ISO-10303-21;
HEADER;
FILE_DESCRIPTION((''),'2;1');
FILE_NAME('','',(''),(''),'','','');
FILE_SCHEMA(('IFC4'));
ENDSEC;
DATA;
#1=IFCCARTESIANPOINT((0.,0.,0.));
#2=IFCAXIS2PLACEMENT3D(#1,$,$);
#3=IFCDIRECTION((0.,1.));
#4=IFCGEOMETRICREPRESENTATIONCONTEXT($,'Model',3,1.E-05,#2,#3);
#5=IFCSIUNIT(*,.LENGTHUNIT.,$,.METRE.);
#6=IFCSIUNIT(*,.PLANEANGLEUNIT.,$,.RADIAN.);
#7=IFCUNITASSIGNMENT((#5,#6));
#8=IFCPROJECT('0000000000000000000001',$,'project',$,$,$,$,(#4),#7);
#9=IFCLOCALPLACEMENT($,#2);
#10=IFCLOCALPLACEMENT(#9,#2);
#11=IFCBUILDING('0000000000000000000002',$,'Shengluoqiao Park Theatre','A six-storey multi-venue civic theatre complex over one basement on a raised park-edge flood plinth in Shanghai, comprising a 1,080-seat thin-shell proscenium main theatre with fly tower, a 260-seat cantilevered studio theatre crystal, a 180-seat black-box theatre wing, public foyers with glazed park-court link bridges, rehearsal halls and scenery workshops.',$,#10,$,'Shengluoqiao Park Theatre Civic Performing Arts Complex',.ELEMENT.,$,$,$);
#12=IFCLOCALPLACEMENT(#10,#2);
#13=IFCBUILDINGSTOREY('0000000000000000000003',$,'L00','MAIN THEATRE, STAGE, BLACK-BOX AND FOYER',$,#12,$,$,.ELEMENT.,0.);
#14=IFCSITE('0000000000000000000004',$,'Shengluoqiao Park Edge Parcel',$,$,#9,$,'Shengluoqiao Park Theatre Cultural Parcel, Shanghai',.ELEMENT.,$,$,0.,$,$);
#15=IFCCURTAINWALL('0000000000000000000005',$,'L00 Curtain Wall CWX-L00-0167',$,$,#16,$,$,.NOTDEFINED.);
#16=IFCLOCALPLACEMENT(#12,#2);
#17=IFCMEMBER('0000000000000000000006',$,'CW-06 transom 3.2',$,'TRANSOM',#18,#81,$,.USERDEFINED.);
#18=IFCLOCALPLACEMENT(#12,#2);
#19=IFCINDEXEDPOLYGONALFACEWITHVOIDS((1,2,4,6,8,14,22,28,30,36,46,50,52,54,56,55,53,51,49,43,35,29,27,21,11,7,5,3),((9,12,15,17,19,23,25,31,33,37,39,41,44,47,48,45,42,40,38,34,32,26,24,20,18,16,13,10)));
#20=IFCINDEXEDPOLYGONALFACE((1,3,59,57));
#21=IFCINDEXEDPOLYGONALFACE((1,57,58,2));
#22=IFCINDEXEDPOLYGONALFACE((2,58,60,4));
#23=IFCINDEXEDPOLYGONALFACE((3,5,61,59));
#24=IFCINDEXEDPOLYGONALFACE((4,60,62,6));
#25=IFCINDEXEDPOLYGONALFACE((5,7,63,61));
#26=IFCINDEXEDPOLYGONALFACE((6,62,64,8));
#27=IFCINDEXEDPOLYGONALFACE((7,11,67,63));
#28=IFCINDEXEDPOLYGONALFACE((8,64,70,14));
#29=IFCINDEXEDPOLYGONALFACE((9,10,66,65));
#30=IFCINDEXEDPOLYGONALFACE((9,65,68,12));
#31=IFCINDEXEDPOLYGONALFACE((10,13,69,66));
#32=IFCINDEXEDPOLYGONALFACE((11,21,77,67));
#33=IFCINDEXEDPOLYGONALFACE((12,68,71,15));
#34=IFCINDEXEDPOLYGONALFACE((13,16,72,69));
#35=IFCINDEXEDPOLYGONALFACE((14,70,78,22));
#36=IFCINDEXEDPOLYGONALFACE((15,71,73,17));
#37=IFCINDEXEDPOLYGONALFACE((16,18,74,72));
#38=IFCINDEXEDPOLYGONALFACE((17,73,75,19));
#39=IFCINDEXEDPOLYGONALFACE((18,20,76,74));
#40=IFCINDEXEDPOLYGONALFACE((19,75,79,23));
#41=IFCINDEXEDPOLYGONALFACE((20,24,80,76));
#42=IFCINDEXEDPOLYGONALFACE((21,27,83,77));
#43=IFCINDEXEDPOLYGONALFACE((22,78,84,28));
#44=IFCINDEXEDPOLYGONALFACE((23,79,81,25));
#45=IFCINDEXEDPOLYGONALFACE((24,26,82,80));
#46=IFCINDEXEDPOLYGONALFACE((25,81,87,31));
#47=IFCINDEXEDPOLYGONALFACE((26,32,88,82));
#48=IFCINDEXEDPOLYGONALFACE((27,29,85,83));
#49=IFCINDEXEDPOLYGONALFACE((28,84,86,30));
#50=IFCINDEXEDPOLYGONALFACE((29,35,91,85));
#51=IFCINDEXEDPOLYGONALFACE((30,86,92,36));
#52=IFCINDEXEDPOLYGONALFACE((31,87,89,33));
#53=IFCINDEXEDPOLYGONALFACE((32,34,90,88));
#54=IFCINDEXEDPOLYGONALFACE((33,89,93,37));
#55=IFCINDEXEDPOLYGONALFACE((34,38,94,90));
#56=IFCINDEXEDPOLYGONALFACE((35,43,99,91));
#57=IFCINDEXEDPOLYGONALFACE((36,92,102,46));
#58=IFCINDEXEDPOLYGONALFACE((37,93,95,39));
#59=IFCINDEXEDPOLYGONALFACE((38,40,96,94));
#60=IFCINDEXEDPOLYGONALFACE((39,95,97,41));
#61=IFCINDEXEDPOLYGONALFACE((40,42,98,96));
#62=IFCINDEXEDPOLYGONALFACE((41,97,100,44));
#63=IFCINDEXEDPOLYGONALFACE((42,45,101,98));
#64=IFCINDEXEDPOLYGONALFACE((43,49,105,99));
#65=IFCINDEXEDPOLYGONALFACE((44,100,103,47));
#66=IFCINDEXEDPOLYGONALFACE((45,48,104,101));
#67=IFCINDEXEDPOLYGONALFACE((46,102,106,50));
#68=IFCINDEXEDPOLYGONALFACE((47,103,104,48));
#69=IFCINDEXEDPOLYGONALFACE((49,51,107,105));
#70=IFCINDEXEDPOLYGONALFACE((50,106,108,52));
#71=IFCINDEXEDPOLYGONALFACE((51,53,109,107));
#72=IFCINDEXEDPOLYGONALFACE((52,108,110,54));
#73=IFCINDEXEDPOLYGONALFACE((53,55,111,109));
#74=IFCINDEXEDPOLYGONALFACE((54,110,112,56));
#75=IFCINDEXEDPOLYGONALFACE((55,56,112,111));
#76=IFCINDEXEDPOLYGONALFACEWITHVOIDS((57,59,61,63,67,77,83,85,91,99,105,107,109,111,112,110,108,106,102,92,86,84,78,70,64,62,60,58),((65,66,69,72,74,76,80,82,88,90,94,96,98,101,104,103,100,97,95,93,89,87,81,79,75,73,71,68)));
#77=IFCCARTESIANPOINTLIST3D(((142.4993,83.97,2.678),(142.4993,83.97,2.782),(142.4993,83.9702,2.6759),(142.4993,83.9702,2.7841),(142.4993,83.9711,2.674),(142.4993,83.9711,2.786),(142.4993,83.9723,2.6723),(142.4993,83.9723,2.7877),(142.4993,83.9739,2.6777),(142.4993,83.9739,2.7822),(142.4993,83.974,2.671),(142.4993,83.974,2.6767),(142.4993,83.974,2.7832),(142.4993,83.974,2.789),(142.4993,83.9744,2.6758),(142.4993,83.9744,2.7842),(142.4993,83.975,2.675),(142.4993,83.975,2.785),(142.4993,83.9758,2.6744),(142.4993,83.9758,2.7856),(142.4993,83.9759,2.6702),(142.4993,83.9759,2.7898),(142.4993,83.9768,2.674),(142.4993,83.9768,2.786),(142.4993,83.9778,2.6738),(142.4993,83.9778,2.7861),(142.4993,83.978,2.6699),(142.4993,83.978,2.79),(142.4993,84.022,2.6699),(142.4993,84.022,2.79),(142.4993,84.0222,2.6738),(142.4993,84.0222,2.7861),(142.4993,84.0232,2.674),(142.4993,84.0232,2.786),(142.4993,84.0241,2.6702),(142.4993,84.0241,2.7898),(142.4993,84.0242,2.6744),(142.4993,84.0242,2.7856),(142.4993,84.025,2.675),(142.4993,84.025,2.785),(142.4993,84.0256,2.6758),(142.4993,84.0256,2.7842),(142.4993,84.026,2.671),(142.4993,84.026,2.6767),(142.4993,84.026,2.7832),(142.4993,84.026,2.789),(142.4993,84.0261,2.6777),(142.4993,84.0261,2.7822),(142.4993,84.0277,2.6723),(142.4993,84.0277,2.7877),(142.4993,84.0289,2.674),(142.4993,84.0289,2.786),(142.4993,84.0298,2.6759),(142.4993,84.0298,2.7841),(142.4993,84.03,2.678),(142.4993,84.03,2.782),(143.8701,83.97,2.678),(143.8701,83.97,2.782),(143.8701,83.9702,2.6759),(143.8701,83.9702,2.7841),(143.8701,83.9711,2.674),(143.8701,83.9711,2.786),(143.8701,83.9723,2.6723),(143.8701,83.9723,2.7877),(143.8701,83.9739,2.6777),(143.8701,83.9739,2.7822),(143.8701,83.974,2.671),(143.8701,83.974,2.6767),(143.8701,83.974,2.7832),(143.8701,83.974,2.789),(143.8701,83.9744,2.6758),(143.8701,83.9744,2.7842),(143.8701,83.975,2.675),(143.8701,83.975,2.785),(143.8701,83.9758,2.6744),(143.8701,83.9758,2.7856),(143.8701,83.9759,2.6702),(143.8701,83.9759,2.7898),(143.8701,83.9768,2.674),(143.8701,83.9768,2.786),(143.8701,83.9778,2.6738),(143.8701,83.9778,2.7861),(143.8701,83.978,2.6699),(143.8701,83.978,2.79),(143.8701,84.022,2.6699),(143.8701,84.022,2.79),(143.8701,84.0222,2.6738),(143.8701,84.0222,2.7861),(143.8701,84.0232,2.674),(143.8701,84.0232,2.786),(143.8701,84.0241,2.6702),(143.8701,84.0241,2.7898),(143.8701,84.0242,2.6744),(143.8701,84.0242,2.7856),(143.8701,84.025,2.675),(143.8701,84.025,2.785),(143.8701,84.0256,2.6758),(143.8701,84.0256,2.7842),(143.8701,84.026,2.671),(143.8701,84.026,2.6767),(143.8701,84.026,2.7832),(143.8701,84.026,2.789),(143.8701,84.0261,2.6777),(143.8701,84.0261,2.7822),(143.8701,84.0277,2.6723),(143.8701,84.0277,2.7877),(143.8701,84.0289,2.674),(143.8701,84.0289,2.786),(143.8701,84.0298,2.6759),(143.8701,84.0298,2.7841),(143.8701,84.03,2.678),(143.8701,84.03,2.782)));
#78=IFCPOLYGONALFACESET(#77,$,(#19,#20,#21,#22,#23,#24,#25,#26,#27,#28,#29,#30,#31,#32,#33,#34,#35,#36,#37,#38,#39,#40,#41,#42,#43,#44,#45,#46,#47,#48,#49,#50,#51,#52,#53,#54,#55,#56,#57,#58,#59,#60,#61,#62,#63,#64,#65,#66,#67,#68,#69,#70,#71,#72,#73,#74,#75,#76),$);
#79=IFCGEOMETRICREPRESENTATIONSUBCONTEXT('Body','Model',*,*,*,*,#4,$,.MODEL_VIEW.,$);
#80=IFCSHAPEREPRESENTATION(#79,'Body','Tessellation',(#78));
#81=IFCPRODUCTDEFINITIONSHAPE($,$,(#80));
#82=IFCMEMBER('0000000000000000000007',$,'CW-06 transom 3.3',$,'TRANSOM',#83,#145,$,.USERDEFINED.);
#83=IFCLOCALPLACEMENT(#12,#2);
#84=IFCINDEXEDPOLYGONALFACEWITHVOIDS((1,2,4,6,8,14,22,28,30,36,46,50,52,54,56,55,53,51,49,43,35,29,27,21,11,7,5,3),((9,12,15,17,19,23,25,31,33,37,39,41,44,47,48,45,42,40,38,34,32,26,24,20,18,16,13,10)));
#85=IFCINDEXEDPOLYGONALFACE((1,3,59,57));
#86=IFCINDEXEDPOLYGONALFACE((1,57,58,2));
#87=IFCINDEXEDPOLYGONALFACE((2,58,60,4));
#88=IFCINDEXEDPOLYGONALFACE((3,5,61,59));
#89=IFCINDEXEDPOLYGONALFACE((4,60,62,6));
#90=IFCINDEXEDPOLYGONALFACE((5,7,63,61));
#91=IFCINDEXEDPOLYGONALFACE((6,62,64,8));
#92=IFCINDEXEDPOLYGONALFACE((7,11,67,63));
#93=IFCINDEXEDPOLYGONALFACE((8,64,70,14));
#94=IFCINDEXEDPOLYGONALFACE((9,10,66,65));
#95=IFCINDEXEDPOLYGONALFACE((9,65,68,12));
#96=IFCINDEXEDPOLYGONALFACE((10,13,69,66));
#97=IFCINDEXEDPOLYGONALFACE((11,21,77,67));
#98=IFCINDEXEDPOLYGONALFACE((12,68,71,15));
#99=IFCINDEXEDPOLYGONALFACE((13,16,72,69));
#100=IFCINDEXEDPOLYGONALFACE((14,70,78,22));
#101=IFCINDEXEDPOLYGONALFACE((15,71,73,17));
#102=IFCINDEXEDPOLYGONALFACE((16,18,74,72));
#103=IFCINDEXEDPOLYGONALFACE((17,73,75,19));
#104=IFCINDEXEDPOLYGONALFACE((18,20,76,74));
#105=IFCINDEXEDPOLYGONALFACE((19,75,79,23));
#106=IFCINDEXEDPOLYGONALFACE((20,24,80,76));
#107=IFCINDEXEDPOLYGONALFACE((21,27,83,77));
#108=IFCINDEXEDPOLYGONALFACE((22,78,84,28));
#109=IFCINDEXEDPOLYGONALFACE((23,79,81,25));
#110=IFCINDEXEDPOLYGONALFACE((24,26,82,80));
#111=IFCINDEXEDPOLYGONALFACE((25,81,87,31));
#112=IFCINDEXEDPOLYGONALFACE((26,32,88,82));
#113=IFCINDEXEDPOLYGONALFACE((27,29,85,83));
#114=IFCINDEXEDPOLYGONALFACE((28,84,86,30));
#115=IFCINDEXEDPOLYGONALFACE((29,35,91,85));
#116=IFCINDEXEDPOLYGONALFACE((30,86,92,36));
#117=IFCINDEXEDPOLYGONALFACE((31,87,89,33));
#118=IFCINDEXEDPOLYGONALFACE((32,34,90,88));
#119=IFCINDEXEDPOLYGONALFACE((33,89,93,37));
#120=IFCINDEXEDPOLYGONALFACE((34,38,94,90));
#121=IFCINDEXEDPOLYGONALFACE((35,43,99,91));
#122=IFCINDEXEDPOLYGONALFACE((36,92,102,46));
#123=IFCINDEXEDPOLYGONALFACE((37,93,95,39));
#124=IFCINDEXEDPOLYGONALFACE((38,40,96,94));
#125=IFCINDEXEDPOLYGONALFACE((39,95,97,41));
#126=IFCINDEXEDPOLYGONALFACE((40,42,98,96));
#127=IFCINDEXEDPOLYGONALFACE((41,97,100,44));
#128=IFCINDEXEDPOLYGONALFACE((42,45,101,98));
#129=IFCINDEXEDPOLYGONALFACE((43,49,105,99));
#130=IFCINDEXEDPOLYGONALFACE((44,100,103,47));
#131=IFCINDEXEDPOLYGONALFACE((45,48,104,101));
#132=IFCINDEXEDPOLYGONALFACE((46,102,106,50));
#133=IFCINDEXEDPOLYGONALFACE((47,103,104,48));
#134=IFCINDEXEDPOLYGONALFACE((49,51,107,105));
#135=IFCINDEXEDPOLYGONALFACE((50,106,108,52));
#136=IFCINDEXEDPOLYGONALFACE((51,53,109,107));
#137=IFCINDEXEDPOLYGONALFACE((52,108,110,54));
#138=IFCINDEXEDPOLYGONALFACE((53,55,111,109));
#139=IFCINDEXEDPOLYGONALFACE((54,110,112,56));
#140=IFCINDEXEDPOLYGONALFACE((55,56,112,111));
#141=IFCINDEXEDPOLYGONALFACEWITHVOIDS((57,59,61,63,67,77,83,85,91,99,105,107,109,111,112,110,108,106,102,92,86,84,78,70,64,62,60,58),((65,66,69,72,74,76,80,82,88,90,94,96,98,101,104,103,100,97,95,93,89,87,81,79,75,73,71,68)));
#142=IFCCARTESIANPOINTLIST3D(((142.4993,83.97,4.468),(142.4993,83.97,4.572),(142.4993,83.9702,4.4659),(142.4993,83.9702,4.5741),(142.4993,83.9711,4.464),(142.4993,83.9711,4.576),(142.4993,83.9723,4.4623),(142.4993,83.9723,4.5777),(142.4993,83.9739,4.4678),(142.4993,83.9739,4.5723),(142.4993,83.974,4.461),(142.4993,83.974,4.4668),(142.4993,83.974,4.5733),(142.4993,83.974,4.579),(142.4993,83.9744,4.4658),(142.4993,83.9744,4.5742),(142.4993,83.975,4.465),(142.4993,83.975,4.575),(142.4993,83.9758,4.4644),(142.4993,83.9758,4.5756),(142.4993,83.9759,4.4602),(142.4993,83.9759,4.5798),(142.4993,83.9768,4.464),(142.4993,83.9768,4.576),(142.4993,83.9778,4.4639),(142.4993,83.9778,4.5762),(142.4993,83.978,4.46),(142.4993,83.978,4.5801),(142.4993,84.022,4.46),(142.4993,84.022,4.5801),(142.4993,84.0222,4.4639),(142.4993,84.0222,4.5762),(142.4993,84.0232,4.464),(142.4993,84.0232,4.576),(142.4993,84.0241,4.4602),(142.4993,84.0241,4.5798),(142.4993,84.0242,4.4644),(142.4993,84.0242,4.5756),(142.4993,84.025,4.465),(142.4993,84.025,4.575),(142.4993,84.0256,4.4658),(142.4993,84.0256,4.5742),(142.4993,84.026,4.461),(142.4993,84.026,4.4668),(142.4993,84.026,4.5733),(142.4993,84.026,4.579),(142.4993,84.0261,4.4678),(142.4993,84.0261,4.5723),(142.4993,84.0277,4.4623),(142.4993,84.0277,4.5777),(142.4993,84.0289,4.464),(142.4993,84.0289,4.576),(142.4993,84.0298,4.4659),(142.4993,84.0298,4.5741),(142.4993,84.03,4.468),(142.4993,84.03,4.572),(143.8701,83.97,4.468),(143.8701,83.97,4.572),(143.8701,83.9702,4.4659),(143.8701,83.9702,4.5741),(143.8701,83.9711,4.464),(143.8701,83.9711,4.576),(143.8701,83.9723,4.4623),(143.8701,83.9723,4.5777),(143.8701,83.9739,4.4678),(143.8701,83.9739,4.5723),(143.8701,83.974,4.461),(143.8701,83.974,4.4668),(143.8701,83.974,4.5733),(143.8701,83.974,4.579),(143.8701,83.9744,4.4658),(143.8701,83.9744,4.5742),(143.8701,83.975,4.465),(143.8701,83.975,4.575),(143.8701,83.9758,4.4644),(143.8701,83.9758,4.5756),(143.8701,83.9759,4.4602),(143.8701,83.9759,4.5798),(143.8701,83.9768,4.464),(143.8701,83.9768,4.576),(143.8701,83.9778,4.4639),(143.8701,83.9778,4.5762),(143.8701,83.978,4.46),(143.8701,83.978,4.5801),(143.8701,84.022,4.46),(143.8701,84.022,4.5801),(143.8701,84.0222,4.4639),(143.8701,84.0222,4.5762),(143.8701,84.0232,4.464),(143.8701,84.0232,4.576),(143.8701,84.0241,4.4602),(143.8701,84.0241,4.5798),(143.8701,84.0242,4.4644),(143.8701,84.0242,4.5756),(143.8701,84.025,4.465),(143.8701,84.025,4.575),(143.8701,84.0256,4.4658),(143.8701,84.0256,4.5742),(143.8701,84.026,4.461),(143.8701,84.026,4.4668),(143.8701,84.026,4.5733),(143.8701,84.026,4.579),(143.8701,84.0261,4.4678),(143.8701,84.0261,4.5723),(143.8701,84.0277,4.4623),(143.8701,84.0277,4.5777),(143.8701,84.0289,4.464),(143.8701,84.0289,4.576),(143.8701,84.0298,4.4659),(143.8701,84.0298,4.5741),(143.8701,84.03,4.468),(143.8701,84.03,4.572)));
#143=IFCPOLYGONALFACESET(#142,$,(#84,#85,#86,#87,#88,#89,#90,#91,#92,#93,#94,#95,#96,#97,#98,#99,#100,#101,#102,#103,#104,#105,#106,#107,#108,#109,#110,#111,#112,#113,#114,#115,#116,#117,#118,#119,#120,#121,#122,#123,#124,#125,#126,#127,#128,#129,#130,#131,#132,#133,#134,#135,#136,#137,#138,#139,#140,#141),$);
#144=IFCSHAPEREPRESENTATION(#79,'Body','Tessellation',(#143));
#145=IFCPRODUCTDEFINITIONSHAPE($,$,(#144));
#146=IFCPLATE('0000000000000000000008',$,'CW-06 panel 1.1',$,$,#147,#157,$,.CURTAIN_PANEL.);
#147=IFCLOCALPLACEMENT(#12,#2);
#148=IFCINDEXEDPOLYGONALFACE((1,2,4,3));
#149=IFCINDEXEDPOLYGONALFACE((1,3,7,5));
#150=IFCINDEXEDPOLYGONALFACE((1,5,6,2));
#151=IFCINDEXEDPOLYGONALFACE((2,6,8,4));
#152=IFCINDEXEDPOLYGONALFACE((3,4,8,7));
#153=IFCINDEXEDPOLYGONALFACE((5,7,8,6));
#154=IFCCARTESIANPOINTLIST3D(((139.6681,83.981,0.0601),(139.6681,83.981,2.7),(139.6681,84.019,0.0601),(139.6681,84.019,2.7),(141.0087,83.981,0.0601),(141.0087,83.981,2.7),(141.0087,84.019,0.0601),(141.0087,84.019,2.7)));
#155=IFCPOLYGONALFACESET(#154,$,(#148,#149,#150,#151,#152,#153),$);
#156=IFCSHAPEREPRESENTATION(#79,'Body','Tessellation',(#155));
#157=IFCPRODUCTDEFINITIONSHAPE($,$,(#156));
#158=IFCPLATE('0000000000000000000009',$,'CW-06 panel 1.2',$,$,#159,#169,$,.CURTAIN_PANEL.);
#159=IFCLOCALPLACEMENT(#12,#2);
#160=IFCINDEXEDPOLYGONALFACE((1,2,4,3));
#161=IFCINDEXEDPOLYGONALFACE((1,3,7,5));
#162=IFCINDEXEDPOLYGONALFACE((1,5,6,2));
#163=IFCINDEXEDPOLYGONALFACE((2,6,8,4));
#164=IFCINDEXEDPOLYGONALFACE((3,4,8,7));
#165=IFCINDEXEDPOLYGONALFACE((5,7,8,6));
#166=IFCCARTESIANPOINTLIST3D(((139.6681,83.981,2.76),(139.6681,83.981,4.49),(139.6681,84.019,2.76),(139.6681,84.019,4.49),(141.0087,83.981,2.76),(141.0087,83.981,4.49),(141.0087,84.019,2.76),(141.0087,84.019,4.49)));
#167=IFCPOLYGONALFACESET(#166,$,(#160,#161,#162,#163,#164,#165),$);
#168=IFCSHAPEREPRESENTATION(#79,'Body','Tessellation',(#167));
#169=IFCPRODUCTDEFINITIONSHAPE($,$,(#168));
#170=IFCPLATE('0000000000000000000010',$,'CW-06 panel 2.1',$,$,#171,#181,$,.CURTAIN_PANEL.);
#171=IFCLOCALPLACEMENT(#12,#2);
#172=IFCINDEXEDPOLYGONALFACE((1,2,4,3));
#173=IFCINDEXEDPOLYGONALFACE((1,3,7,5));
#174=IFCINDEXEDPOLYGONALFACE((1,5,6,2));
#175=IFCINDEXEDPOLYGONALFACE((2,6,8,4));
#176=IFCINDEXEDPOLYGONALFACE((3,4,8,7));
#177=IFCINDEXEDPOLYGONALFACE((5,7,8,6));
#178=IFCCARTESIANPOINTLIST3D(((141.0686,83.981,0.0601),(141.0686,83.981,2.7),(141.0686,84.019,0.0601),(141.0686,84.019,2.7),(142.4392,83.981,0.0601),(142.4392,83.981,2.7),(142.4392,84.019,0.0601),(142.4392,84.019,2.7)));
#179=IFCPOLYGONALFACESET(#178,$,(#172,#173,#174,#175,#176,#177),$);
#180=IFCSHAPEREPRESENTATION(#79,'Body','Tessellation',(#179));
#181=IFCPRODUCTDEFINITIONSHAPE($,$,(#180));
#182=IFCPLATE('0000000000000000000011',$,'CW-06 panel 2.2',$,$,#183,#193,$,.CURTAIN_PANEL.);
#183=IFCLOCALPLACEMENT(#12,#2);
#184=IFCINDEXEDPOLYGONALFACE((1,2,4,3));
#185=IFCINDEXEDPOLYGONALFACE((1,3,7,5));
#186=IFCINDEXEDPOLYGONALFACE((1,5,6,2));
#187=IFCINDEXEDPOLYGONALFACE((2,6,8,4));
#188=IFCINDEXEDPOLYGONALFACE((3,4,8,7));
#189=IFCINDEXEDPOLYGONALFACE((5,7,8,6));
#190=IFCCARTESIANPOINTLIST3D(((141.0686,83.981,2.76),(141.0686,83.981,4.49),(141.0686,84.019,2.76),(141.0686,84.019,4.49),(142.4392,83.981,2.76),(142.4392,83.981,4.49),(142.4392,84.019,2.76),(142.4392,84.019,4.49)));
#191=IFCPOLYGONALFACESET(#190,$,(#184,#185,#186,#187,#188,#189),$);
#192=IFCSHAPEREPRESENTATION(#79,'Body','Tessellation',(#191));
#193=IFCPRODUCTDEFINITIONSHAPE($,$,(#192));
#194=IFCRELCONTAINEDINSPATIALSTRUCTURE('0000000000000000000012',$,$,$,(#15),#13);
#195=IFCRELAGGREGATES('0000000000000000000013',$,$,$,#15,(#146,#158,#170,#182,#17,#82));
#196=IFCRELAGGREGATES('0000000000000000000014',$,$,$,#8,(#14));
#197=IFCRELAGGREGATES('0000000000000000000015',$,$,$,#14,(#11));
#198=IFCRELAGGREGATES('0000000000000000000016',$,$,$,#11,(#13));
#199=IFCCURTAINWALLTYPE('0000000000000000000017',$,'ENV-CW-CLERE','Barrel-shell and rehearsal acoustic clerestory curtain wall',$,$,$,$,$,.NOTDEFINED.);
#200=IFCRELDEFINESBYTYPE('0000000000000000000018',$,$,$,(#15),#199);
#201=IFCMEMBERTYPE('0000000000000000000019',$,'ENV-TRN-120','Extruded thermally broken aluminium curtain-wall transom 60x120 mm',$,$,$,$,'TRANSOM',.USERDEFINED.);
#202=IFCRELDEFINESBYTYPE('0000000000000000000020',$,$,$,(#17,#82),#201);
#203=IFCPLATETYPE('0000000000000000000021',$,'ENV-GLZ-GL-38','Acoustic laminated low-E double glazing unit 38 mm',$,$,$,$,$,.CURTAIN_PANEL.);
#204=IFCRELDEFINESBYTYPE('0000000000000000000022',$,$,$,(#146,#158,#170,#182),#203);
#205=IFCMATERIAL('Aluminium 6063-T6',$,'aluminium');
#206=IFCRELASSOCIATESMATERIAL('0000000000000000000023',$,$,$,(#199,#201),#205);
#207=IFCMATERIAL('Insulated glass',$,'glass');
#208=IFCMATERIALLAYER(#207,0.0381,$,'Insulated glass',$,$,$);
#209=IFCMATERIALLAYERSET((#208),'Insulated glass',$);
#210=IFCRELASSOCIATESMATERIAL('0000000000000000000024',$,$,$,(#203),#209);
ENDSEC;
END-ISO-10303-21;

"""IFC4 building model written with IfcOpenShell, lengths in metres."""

from ifc_helpers import new_model, si_unit, direction, frame, origin, origin_2d, place, context, subcontext, project, spatial, rectangle, hollow_rectangle, extrude, material, layer, layer_set, material_profile, profile_set, type_object, element, aggregate, save


model = new_model("IFC4")

# Units and contexts
model_context = context("Model", 3, precision=1e-05, world=origin(), true_north=direction((0.0, 1.0)))
body_context = subcontext(model_context, "Body", "Model", "MODEL_VIEW")
ifc_project = project(units=[si_unit("LENGTHUNIT", "METRE"), si_unit("PLANEANGLEUNIT", "RADIAN")], contexts=[model_context])

# Site, building, storey
site_placement = place(None, origin())
site = spatial("IfcSite", under=ifc_project, at=site_placement, Name="Shengluoqiao Park Edge Parcel", LongName="Shengluoqiao Park Theatre Cultural Parcel, Shanghai", CompositionType="ELEMENT", RefElevation=0.0)
building_placement = place(site_placement, origin())
building = spatial("IfcBuilding", under=site, at=building_placement, Name="Shengluoqiao Park Theatre", Description="A six-storey multi-venue civic theatre complex over one basement on a raised park-edge flood plinth in Shanghai, comprising a 1,080-seat thin-shell proscenium main theatre with fly tower, a 260-seat cantilevered studio theatre crystal, a 180-seat black-box theatre wing, public foyers with glazed park-court link bridges, rehearsal halls and scenery workshops.", LongName="Shengluoqiao Park Theatre Civic Performing Arts Complex", CompositionType="ELEMENT")
storey_placement = place(building_placement, origin())
storey = spatial("IfcBuildingStorey", under=building, at=storey_placement, Name="L00", Description="MAIN THEATRE, STAGE, BLACK-BOX AND FOYER", CompositionType="ELEMENT", Elevation=0.0)

# Curtain wall, members, plates
ifc_material_1 = material(Name="Aluminium 6063-T6", Category="aluminium")
curtain_wall_type = type_object("IfcCurtainWallType", Name="ENV-CW-CLERE", Description="Barrel-shell and rehearsal acoustic clerestory curtain wall", PredefinedType="NOTDEFINED", material=ifc_material_1)
curtain_wall_placement = place(storey_placement, origin())
curtain_wall = element("IfcCurtainWall", 1, at=curtain_wall_placement, inside=storey, type_object=curtain_wall_type, Name="L00 Curtain Wall CWX-L00-0167", PredefinedType="NOTDEFINED")
ifc_material_profile_1 = material_profile(ifc_material_1, hollow_rectangle(XDim=0.0601, YDim=0.1201, WallThickness=0.0039, InnerFilletRadius=0.0039, OuterFilletRadius=0.0081, at=origin_2d()), Name="ALU TRANSOM 120x60x4")
ifc_profile_set_1 = profile_set([ifc_material_profile_1], Name="Aluminium 6063-T6")
member_type_1 = type_object("IfcMemberType", Name="ENV-TRN-120", Description="Extruded thermally broken aluminium curtain-wall transom 60x120 mm", ElementType="TRANSOM", PredefinedType="USERDEFINED", material=ifc_profile_set_1)
member_1_placement = place(storey_placement, frame((142.4993, 84.0, 2.73), z_axis=(1.0, 0.0, 0.0), x_axis=(0.0, 1.0, 0.0)))
member_1 = element("IfcMember", 2, at=member_1_placement, type_object=member_type_1, Name="CW-06 transom 3.2", ObjectType="TRANSOM", PredefinedType="USERDEFINED", context=body_context, shape_type="SweptSolid", body=[
    extrude(hollow_rectangle(XDim=0.0601, YDim=0.1201, WallThickness=0.0039, InnerFilletRadius=0.0039, OuterFilletRadius=0.0081, at=origin_2d()), origin(), (0.0, 0.0, 1.0), 1.3708),
])
member_2_placement = place(storey_placement, frame((142.4993, 84.0, 4.52), z_axis=(1.0, 0.0, 0.0), x_axis=(0.0, 1.0, 0.0)))
member_2 = element("IfcMember", 3, at=member_2_placement, type_object=member_type_1, Name="CW-06 transom 3.3", ObjectType="TRANSOM", PredefinedType="USERDEFINED", context=body_context, shape_type="SweptSolid", body=[
    extrude(hollow_rectangle(XDim=0.0601, YDim=0.1201, WallThickness=0.0039, InnerFilletRadius=0.0039, OuterFilletRadius=0.0081, at=origin_2d()), origin(), (0.0, 0.0, 1.0), 1.3708),
])
ifc_material_2 = material(Name="Insulated glass", Category="glass")
ifc_layer = layer(ifc_material_2, 0.0381, Name="Insulated glass")
ifc_layer_set = layer_set([ifc_layer], Name="Insulated glass")
plate_type = type_object("IfcPlateType", Name="ENV-GLZ-GL-38", Description="Acoustic laminated low-E double glazing unit 38 mm", PredefinedType="CURTAIN_PANEL", material=ifc_layer_set)
plate_1_placement = place(storey_placement, frame((140.3384, 84.0, 0.0601), z_axis=(0.0, 0.0, 1.0), x_axis=(1.0, 0.0, 0.0)))
plate_1 = element("IfcPlate", 4, at=plate_1_placement, type_object=plate_type, Name="CW-06 panel 1.1", PredefinedType="CURTAIN_PANEL", context=body_context, shape_type="SweptSolid", body=[
    extrude(rectangle(XDim=1.3406, YDim=0.0381, at=origin_2d()), origin(), (0.0, 0.0, 1.0), 2.6399),
])
plate_2_placement = place(storey_placement, frame((140.3384, 84.0, 2.76), z_axis=(0.0, 0.0, 1.0), x_axis=(1.0, 0.0, 0.0)))
plate_2 = element("IfcPlate", 5, at=plate_2_placement, type_object=plate_type, Name="CW-06 panel 1.2", PredefinedType="CURTAIN_PANEL", context=body_context, shape_type="SweptSolid", body=[
    extrude(rectangle(XDim=1.3406, YDim=0.0381, at=origin_2d()), origin(), (0.0, 0.0, 1.0), 1.73),
])
plate_3_placement = place(storey_placement, frame((141.7539, 84.0, 0.0601), z_axis=(0.0, 0.0, 1.0), x_axis=(1.0, 0.0, 0.0)))
plate_3 = element("IfcPlate", 6, at=plate_3_placement, type_object=plate_type, Name="CW-06 panel 2.1", PredefinedType="CURTAIN_PANEL", context=body_context, shape_type="SweptSolid", body=[
    extrude(rectangle(XDim=1.3706, YDim=0.0381, at=origin_2d()), origin(), (0.0, 0.0, 1.0), 2.6399),
])
plate_4_placement = place(storey_placement, frame((141.7539, 84.0, 2.76), z_axis=(0.0, 0.0, 1.0), x_axis=(1.0, 0.0, 0.0)))
plate_4 = element("IfcPlate", 7, at=plate_4_placement, type_object=plate_type, Name="CW-06 panel 2.2", PredefinedType="CURTAIN_PANEL", context=body_context, shape_type="SweptSolid", body=[
    extrude(rectangle(XDim=1.3706, YDim=0.0381, at=origin_2d()), origin(), (0.0, 0.0, 1.0), 1.73),
])
aggregate(curtain_wall, [plate_1, plate_2, plate_3, plate_4, member_1, member_2])

save(model, "model.ifc")
